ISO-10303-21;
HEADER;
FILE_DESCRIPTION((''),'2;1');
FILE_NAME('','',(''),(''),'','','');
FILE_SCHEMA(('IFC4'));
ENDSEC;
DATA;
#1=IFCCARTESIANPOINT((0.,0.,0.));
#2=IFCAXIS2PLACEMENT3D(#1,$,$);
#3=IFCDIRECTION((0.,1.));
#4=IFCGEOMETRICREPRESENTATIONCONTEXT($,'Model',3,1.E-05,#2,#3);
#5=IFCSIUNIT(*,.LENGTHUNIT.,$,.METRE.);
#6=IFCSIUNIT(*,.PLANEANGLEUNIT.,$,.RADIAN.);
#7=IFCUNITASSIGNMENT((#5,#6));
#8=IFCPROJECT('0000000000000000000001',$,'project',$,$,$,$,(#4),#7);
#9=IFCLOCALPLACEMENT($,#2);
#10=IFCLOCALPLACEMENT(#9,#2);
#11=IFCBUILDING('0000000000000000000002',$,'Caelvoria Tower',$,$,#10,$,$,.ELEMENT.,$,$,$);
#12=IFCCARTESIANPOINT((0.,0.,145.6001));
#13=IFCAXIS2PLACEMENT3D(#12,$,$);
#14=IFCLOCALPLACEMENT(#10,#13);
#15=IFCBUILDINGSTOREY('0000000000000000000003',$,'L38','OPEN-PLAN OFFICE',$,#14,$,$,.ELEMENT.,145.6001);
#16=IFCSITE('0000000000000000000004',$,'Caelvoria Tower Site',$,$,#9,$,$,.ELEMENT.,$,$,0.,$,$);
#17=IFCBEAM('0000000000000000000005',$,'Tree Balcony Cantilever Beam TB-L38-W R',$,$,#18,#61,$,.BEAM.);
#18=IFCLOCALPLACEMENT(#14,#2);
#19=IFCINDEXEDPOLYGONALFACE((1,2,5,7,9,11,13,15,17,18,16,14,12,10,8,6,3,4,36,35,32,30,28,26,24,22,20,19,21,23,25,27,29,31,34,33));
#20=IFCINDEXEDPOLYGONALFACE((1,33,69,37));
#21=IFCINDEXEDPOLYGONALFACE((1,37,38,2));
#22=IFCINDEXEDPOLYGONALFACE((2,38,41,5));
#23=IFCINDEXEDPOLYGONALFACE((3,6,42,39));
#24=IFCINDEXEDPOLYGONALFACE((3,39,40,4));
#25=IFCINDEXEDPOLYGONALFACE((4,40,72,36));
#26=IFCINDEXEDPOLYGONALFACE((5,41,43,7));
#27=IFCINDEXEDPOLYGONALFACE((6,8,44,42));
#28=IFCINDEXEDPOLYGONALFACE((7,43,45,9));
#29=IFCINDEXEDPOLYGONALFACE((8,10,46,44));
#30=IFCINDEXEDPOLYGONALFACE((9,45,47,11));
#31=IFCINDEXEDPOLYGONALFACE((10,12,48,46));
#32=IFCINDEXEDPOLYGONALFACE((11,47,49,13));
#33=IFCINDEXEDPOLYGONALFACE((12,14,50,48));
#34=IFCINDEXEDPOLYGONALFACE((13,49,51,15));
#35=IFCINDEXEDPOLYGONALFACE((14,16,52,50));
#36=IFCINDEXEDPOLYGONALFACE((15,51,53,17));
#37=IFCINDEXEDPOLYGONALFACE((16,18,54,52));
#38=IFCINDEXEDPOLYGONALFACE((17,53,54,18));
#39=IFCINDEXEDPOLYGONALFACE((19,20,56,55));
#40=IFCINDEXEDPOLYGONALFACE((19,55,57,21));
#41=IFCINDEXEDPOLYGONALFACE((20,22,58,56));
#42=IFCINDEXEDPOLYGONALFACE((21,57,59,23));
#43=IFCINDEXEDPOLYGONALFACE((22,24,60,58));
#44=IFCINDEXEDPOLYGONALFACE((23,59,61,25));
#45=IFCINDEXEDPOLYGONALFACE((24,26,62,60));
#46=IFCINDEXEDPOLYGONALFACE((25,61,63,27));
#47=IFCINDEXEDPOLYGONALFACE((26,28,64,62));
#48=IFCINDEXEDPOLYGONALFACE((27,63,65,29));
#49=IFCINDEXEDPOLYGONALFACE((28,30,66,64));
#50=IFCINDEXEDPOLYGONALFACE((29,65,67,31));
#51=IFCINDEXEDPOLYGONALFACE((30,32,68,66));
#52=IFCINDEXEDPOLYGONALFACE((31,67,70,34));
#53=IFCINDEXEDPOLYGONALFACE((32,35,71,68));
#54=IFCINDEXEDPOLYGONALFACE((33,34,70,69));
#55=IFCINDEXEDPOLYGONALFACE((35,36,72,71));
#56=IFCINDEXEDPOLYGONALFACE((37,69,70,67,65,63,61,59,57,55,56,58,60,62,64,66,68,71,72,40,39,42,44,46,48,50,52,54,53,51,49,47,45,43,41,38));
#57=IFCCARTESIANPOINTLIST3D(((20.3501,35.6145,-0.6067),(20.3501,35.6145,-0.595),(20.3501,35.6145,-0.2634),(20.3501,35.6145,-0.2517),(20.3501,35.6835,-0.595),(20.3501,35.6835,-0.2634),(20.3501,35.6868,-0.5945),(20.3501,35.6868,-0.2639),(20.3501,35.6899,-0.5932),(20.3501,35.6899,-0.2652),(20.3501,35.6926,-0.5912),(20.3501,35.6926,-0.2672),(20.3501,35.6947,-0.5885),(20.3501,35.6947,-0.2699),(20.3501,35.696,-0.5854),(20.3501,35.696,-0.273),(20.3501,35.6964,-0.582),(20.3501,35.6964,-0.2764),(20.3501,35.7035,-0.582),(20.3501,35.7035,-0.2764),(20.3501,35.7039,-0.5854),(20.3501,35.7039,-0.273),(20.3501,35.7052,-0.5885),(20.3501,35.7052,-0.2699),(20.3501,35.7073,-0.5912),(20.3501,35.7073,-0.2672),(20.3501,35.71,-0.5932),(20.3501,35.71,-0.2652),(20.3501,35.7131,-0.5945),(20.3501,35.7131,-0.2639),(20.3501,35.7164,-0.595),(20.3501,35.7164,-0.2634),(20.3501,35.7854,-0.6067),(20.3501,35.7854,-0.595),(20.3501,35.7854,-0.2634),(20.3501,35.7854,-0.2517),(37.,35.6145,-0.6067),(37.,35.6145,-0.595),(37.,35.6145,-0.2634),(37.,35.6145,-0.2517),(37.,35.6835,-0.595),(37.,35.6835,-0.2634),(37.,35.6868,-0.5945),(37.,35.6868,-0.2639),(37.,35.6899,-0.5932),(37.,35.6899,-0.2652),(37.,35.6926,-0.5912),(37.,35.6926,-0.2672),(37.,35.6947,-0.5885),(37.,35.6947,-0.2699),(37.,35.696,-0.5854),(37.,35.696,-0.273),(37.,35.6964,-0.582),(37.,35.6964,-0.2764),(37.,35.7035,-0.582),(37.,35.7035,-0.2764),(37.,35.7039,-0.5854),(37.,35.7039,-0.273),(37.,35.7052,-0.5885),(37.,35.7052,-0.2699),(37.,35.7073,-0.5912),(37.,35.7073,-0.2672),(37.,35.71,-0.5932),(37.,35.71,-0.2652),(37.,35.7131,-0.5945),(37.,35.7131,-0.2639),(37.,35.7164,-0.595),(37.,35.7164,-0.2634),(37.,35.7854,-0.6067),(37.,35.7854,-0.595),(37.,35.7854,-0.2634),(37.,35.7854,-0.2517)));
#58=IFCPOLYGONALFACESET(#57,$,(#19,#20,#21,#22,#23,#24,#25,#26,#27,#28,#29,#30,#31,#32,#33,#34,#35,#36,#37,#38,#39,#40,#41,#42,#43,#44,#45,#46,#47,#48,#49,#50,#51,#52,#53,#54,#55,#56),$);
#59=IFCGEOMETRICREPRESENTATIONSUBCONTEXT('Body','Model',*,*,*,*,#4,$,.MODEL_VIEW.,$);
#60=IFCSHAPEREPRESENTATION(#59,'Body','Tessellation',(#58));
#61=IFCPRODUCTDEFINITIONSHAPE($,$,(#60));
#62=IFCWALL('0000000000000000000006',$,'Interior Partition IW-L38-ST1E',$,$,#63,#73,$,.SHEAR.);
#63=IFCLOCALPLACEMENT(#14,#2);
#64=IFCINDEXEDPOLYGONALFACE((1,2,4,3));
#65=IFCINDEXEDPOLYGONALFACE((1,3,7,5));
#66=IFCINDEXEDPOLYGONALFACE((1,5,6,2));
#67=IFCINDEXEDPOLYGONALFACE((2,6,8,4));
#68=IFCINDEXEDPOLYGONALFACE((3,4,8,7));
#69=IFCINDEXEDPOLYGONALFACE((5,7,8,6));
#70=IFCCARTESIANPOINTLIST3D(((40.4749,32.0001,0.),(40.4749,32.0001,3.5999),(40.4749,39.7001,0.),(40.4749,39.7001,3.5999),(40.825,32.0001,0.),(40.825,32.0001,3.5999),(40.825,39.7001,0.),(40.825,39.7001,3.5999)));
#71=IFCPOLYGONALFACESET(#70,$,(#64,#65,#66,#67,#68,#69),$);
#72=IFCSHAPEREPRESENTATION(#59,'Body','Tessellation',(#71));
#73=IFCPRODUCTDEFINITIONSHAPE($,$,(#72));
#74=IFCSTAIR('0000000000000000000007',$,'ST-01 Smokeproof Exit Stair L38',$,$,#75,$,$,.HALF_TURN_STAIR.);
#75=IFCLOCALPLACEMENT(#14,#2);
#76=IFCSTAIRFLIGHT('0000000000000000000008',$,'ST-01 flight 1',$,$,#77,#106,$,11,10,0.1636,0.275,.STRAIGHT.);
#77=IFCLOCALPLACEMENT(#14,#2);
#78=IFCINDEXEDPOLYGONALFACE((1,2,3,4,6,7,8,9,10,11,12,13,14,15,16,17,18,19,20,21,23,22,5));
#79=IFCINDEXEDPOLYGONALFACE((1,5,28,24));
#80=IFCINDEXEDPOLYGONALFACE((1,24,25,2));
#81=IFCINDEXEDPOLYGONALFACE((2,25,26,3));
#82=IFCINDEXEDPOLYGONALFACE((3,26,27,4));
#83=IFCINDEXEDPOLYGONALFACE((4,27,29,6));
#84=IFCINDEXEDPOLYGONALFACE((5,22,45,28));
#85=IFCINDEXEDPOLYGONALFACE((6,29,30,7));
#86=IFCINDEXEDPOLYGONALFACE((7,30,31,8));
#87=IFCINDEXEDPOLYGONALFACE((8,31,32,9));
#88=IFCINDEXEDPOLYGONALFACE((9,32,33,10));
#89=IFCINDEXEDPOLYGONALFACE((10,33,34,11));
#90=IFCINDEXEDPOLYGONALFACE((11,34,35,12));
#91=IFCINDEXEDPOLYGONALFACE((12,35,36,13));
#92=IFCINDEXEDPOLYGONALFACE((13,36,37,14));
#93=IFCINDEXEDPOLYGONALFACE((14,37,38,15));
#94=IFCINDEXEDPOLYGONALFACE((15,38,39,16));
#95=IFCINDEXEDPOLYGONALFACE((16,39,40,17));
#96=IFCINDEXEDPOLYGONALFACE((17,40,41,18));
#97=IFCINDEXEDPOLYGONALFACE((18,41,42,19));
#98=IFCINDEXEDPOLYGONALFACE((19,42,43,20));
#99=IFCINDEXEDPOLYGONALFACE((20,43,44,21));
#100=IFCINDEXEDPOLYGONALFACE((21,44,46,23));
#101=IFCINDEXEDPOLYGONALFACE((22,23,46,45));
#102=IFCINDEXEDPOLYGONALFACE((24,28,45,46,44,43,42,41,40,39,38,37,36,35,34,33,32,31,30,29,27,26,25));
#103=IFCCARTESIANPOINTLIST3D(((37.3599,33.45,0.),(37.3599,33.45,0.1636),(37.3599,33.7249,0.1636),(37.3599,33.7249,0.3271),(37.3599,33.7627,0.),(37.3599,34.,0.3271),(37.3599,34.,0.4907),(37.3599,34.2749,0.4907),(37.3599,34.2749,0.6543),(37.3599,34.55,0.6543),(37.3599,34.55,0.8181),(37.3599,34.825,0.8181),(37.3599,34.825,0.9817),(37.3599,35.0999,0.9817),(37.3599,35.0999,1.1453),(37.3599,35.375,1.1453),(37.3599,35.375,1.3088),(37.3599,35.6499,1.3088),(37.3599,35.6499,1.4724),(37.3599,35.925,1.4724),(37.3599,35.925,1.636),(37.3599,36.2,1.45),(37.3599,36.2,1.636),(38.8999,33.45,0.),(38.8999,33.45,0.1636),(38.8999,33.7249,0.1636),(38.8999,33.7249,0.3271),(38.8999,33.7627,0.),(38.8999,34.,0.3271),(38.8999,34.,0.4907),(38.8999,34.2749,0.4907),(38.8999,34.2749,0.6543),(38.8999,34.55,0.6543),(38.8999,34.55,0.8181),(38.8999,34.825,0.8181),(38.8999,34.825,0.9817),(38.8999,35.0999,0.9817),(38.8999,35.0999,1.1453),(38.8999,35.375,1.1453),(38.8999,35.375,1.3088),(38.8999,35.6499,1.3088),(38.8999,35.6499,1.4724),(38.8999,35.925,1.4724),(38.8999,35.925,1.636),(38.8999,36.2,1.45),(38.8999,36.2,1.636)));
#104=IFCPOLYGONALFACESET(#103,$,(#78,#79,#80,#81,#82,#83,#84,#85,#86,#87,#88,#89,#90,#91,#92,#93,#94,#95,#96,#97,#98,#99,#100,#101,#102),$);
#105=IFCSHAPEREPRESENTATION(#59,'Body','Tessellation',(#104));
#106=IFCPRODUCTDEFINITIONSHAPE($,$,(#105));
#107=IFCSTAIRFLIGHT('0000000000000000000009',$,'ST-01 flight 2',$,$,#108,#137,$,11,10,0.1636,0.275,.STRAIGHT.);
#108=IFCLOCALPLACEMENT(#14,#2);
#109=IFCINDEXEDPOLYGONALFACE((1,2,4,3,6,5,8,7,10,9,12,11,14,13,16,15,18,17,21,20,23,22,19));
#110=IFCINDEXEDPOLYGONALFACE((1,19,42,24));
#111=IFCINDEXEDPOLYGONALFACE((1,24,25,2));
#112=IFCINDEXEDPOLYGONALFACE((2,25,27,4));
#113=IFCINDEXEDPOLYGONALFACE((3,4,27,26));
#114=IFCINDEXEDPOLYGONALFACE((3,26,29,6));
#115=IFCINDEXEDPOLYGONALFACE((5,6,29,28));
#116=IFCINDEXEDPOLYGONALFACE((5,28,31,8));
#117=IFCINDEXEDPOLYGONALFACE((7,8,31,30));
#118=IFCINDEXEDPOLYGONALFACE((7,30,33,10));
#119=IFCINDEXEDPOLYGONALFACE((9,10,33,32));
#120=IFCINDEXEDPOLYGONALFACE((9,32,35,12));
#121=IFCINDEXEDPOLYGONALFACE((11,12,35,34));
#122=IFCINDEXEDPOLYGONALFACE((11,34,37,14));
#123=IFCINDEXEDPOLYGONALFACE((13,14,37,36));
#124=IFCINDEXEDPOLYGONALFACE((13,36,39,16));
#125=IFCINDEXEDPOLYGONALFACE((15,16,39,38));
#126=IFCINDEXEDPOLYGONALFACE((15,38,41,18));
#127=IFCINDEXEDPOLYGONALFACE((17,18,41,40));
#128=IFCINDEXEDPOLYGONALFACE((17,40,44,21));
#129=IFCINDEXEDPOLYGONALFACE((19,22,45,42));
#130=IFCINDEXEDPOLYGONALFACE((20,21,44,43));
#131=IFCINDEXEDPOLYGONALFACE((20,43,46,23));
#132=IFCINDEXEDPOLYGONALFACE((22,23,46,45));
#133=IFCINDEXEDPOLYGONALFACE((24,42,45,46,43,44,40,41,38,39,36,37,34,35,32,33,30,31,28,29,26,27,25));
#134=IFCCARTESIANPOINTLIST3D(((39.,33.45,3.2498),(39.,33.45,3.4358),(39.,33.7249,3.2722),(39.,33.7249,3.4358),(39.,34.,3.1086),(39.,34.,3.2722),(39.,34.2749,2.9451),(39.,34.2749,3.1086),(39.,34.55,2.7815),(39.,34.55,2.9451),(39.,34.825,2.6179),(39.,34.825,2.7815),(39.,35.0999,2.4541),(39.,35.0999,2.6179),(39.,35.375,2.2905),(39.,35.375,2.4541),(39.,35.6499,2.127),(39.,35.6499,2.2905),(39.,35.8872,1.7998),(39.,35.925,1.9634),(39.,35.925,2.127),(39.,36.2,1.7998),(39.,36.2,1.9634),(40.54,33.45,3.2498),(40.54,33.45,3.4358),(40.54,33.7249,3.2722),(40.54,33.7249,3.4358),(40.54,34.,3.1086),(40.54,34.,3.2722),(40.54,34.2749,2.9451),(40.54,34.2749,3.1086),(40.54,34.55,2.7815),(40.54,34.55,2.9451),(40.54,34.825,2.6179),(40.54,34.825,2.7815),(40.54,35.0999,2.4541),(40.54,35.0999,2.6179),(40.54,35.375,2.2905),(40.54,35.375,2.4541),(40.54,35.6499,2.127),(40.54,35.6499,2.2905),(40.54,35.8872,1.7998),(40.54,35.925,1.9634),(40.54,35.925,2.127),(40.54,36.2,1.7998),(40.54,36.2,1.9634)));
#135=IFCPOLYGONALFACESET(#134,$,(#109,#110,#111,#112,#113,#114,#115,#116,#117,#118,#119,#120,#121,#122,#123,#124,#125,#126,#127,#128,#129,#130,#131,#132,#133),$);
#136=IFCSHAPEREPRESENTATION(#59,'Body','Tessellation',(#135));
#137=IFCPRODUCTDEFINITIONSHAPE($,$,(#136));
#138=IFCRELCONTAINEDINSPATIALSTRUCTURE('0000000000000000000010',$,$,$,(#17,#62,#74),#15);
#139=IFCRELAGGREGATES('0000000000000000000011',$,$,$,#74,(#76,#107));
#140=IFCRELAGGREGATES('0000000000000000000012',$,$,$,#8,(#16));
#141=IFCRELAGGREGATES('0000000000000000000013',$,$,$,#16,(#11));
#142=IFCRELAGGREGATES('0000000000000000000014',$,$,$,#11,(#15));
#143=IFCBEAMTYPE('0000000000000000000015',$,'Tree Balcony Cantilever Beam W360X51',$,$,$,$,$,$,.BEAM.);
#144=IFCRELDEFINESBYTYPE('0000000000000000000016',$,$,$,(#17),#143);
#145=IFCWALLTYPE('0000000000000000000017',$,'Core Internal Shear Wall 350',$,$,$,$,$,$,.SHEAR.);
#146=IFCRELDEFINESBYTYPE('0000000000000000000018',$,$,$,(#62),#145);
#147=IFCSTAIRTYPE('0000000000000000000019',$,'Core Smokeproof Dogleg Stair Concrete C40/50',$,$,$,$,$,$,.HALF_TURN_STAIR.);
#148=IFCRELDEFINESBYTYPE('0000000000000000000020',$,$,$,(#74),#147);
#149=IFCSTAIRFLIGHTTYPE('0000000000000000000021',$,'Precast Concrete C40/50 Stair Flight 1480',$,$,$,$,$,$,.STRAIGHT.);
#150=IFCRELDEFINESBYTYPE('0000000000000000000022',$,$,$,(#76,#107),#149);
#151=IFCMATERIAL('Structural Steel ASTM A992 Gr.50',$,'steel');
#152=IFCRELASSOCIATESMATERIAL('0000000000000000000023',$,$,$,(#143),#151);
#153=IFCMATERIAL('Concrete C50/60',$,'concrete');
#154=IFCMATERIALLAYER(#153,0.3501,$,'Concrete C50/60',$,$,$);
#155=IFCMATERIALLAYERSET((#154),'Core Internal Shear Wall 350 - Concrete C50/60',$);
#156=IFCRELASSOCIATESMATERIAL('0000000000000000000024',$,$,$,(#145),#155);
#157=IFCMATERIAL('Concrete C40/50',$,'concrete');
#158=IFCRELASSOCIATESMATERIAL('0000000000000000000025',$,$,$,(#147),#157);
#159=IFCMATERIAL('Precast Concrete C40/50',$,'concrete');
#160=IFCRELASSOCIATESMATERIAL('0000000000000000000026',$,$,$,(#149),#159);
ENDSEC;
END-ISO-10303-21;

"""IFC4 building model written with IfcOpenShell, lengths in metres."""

from ifc_helpers import new_model, si_unit, direction, frame, frame_2d, origin, origin_2d, place, context, subcontext, project, spatial, polyline, rectangle, i_section, outline, extrude, material, layer, layer_set, material_profile, profile_set, type_object, element, aggregate, save


model = new_model("IFC4")

# Units and contexts
model_context = context("Model", 3, precision=1e-05, world=origin(), true_north=direction((0.0, 1.0)))
body_context = subcontext(model_context, "Body", "Model", "MODEL_VIEW")
ifc_project = project(units=[si_unit("LENGTHUNIT", "METRE"), si_unit("PLANEANGLEUNIT", "RADIAN")], contexts=[model_context])

# Site, building, storey
site_placement = place(None, origin())
site = spatial("IfcSite", under=ifc_project, at=site_placement, Name="Caelvoria Tower Site", CompositionType="ELEMENT", RefElevation=0.0)
building_placement = place(site_placement, origin())
building = spatial("IfcBuilding", under=site, at=building_placement, Name="Caelvoria Tower", CompositionType="ELEMENT")
storey_placement = place(building_placement, frame((0.0, 0.0, 145.6001)))
storey = spatial("IfcBuildingStorey", under=building, at=storey_placement, Name="L38", Description="OPEN-PLAN OFFICE", CompositionType="ELEMENT", Elevation=145.6001)

# Beam
ifc_material_1 = material(Name="Structural Steel ASTM A992 Gr.50", Category="steel")
ifc_material_profile_1 = material_profile(ifc_material_1, i_section(OverallWidth=0.1709, OverallDepth=0.355, WebThickness=0.0071, FlangeThickness=0.0117, FilletRadius=0.0129, at=origin_2d()), Name="Structural Steel ASTM A992 Gr.50")
ifc_profile_set_1 = profile_set([ifc_material_profile_1], Name="W360X51 - Structural Steel ASTM A992 Gr.50")
beam_type_1 = type_object("IfcBeamType", Name="Tree Balcony Cantilever Beam W360X51", PredefinedType="BEAM", material=ifc_profile_set_1)
beam_1_placement = place(storey_placement, frame((37.0, 35.7, -0.4292), z_axis=(-1.0, 0.0, 0.0), x_axis=(0.0, -1.0, 0.0)))
element("IfcBeam", 1, at=beam_1_placement, inside=storey, type_object=beam_type_1, Name="Tree Balcony Cantilever Beam TB-L38-W R", PredefinedType="BEAM", context=body_context, shape_type="SweptSolid", body=[
    extrude(i_section(OverallWidth=0.1709, OverallDepth=0.355, WebThickness=0.0071, FlangeThickness=0.0117, FilletRadius=0.0129, at=origin_2d()), origin(), (0.0, 0.0, 1.0), 16.6499),
])

# Shared definitions
ifc_material_2 = material(Name="Concrete C50/60", Category="concrete")
ifc_layer_1 = layer(ifc_material_2, 0.3501, Name="Concrete C50/60")
ifc_layer_set_1 = layer_set([ifc_layer_1], Name="Core Internal Shear Wall 350 - Concrete C50/60")
wall_type_1 = type_object("IfcWallType", Name="Core Internal Shear Wall 350", PredefinedType="SHEAR", material=ifc_layer_set_1)

# Wall
wall_1_placement = place(storey_placement, frame((40.6499, 32.0, 0.0), z_axis=(0.0, 0.0, 1.0), x_axis=(0.0, 1.0, 0.0)))
element("IfcWall", 2, at=wall_1_placement, inside=storey, type_object=wall_type_1, Name="Interior Partition IW-L38-ST1E", PredefinedType="SHEAR", context=body_context, shape_type="SweptSolid", body=[
    extrude(rectangle(XDim=7.7, YDim=0.3501, at=frame_2d((3.8501, 0.0))), origin(), (0.0, 0.0, 1.0), 3.5999),
])

# Stair, stair flights
ifc_material_3 = material(Name="Concrete C40/50", Category="concrete")
stair_type = type_object("IfcStairType", Name="Core Smokeproof Dogleg Stair Concrete C40/50", PredefinedType="HALF_TURN_STAIR", material=ifc_material_3)
stair_placement = place(storey_placement, origin())
stair = element("IfcStair", 3, at=stair_placement, inside=storey, type_object=stair_type, Name="ST-01 Smokeproof Exit Stair L38", PredefinedType="HALF_TURN_STAIR")
ifc_material_4 = material(Name="Precast Concrete C40/50", Category="concrete")
stair_flight_type = type_object("IfcStairFlightType", Name="Precast Concrete C40/50 Stair Flight 1480", PredefinedType="STRAIGHT", material=ifc_material_4)
stair_flight_1_placement = place(storey_placement, frame((38.1299, 33.45, 0.0), z_axis=(0.0, 0.0, 1.0), x_axis=(0.0, 1.0, 0.0)))
stair_flight_1 = element("IfcStairFlight", 4, at=stair_flight_1_placement, type_object=stair_flight_type, Name="ST-01 flight 1", NumberOfRisers=11, NumberOfTreads=10, PredefinedType="STRAIGHT", RiserHeight=0.1636, TreadLength=0.275, context=body_context, shape_type="SweptSolid", body=[
    extrude(outline(polyline([(0.0, 0.0), (0.0, 0.1636), (0.2749, 0.1636), (0.2749, 0.3271), (0.55, 0.3271), (0.55, 0.4907), (0.825, 0.4907), (0.825, 0.6543), (1.1001, 0.6543), (1.1001, 0.8181), (1.375, 0.8181), (1.375, 0.9817), (1.6499, 0.9817), (1.6499, 1.1453), (1.925, 1.1453), (1.925, 1.3088), (2.2, 1.3088), (2.2, 1.4724), (2.4751, 1.4724), (2.4751, 1.636), (2.75, 1.636), (2.75, 1.7996), (2.75, 1.45), (0.3127, 0.0), (0.0, 0.0)])), frame((0.0, 0.77, 0.0), z_axis=(0.0, -1.0, 0.0), x_axis=(1.0, 0.0, 0.0)), (0.0, 0.0, 1.0), 1.54),
])
stair_flight_2_placement = place(storey_placement, frame((39.77, 36.2, 1.7998), z_axis=(0.0, 0.0, 1.0), x_axis=(0.0, -1.0, 0.0)))
stair_flight_2 = element("IfcStairFlight", 5, at=stair_flight_2_placement, type_object=stair_flight_type, Name="ST-01 flight 2", NumberOfRisers=11, NumberOfTreads=10, PredefinedType="STRAIGHT", RiserHeight=0.1636, TreadLength=0.275, context=body_context, shape_type="SweptSolid", body=[
    extrude(outline(polyline([(0.0, 0.0), (0.0, 0.1636), (0.2749, 0.1636), (0.2749, 0.3271), (0.55, 0.3271), (0.55, 0.4907), (0.825, 0.4907), (0.825, 0.6543), (1.1001, 0.6543), (1.1001, 0.8181), (1.375, 0.8181), (1.375, 0.9817), (1.6499, 0.9817), (1.6499, 1.1453), (1.925, 1.1453), (1.925, 1.3088), (2.2, 1.3088), (2.2, 1.4724), (2.4751, 1.4724), (2.4751, 1.636), (2.75, 1.636), (2.75, 1.7996), (2.75, 1.45), (0.3127, 0.0), (0.0, 0.0)])), frame((0.0, 0.77, 0.0), z_axis=(0.0, -1.0, 0.0), x_axis=(1.0, 0.0, 0.0)), (0.0, 0.0, 1.0), 1.54),
])
aggregate(stair, [stair_flight_1, stair_flight_2])

save(model, "model.ifc")
